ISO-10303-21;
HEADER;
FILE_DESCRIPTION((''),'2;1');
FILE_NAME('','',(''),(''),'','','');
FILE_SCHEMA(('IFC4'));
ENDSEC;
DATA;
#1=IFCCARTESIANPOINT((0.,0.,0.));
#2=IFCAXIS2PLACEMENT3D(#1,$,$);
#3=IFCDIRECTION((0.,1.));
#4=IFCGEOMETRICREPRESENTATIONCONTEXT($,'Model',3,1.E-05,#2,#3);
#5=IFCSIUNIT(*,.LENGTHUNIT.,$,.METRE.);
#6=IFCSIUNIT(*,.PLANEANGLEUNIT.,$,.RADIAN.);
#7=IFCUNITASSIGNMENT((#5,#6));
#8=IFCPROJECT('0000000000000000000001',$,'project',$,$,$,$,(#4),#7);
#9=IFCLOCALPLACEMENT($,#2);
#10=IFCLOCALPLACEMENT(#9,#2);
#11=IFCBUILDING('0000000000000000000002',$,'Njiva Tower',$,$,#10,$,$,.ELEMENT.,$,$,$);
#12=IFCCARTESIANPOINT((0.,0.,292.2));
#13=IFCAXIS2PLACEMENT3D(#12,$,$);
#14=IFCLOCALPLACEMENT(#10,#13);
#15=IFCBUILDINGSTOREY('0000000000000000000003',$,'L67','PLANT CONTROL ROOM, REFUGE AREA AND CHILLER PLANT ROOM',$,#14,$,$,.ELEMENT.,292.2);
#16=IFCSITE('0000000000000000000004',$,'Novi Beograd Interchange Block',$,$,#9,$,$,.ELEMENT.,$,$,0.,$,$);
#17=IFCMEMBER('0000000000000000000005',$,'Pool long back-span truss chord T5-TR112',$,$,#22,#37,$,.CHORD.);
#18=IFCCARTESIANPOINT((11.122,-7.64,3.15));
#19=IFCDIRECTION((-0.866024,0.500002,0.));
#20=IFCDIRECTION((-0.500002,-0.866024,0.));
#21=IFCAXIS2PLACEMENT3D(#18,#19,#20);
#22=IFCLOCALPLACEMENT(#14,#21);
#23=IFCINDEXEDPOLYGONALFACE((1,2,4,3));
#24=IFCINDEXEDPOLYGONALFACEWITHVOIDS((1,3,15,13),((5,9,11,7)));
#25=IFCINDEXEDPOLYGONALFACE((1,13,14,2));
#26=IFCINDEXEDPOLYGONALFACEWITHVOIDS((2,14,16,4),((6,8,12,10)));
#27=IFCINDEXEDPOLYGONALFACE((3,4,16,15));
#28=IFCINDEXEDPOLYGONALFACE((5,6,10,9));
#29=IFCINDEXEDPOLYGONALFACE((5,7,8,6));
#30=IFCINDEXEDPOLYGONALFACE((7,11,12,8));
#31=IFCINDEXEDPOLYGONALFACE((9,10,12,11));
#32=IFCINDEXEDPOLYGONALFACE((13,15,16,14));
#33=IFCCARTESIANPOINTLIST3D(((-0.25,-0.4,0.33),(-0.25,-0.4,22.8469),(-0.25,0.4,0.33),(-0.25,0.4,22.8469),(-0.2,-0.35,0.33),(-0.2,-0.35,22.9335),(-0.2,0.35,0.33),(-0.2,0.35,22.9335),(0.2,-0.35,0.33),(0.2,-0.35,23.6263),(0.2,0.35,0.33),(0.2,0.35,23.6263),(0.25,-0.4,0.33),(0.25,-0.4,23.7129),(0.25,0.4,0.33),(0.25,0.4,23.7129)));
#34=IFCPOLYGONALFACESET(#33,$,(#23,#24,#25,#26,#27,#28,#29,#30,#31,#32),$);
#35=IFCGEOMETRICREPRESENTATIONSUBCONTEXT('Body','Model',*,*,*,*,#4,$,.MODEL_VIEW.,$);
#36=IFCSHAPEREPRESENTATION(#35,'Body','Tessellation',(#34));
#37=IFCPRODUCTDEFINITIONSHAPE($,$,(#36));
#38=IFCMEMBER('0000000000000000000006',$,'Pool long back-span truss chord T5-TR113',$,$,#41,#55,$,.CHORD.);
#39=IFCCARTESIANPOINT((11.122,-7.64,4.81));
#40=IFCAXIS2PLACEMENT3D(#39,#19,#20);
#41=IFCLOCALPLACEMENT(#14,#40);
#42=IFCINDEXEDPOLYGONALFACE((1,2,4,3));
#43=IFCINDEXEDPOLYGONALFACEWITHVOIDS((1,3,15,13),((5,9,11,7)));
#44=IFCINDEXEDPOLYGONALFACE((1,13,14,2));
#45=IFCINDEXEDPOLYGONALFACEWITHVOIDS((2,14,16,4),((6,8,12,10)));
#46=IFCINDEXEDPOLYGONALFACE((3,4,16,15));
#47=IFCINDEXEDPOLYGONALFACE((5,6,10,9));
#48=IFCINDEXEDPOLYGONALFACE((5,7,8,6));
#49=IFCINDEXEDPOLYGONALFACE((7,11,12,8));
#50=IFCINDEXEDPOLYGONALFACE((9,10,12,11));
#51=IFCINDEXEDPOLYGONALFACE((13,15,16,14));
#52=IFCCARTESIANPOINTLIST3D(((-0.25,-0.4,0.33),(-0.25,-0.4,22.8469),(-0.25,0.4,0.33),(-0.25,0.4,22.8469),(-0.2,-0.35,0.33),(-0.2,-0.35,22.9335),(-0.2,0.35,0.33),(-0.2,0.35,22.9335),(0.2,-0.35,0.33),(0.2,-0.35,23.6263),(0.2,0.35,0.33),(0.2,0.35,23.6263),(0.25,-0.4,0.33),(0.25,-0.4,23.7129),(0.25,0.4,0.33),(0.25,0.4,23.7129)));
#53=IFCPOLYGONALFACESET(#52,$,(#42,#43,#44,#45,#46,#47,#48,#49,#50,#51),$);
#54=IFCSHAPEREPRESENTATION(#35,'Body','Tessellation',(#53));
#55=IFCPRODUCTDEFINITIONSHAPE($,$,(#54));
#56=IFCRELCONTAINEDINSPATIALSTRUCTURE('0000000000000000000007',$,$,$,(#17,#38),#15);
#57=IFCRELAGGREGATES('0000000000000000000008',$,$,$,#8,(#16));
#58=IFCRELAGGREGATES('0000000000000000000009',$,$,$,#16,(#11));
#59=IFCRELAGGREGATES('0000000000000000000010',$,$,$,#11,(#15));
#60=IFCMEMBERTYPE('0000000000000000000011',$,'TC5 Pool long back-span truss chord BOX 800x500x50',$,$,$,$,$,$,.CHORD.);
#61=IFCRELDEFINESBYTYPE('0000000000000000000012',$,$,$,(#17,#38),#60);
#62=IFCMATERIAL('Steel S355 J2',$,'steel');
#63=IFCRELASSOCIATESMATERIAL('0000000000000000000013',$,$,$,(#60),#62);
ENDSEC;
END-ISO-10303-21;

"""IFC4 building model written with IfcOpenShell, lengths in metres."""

from ifc_helpers import new_model, si_unit, direction, frame, origin, origin_2d, place, context, subcontext, project, spatial, hollow_rectangle, extrude, clip, halfspace, material, material_profile, profile_set, type_object, element, save


model = new_model("IFC4")

# Units and contexts
model_context = context("Model", 3, precision=1e-05, world=origin(), true_north=direction((0.0, 1.0)))
body_context = subcontext(model_context, "Body", "Model", "MODEL_VIEW")
ifc_project = project(units=[si_unit("LENGTHUNIT", "METRE"), si_unit("PLANEANGLEUNIT", "RADIAN")], contexts=[model_context])

# Site, building, storey
site_placement = place(None, origin())
site = spatial("IfcSite", under=ifc_project, at=site_placement, Name="Novi Beograd Interchange Block", CompositionType="ELEMENT", RefElevation=0.0)
building_placement = place(site_placement, origin())
building = spatial("IfcBuilding", under=site, at=building_placement, Name="Njiva Tower", CompositionType="ELEMENT")
storey_placement = place(building_placement, frame((0.0, 0.0, 292.2)))
storey = spatial("IfcBuildingStorey", under=building, at=storey_placement, Name="L67", Description="PLANT CONTROL ROOM, REFUGE AREA AND CHILLER PLANT ROOM", CompositionType="ELEMENT", Elevation=292.2)

# Shared definitions
ifc_material_1 = material(Name="Steel S355 J2", Category="steel")

# Members
ifc_material_profile_1 = material_profile(ifc_material_1, hollow_rectangle(XDim=0.5, YDim=0.8, WallThickness=0.05, at=origin_2d()), Name="BOX 800x500x50")
ifc_profile_set_1 = profile_set([ifc_material_profile_1], Name="Steel S355 J2")
member_type_1 = type_object("IfcMemberType", Name="TC5 Pool long back-span truss chord BOX 800x500x50", PredefinedType="CHORD", material=ifc_profile_set_1)
member_1_placement = place(storey_placement, frame((11.122, -7.64, 3.15), z_axis=(-0.866024, 0.500002, 0.0), x_axis=(-0.500002, -0.866024, 0.0)))
element("IfcMember", 1, at=member_1_placement, inside=storey, type_object=member_type_1, Name="Pool long back-span truss chord T5-TR112", PredefinedType="CHORD", context=body_context, shape_type="Clipping", body=[
    clip(clip(extrude(hollow_rectangle(XDim=0.5, YDim=0.8, WallThickness=0.05, at=origin_2d()), origin(), (0.0, 0.0, 1.0), 24.0029), halfspace(frame((0.0, 0.0, 0.33), z_axis=(-0.000004, 0.0, -1.0), x_axis=(0.0, -1.0, 0.0)), False)), halfspace(frame((0.0, -295.35, 23.2799), z_axis=(-0.866024, 0.0, 0.500002), x_axis=(0.0, 1.0, 0.0)), False)),
])
member_2_placement = place(storey_placement, frame((11.122, -7.64, 4.81), z_axis=(-0.866024, 0.500002, 0.0), x_axis=(-0.500002, -0.866024, 0.0)))
element("IfcMember", 2, at=member_2_placement, inside=storey, type_object=member_type_1, Name="Pool long back-span truss chord T5-TR113", PredefinedType="CHORD", context=body_context, shape_type="Clipping", body=[
    clip(clip(extrude(hollow_rectangle(XDim=0.5, YDim=0.8, WallThickness=0.05, at=origin_2d()), origin(), (0.0, 0.0, 1.0), 24.0029), halfspace(frame((0.0, 0.0, 0.33), z_axis=(-0.000004, 0.0, -1.0), x_axis=(0.0, -1.0, 0.0)), False)), halfspace(frame((0.0, -297.01, 23.2799), z_axis=(-0.866024, 0.0, 0.500002), x_axis=(0.0, 1.0, 0.0)), False)),
])

save(model, "model.ifc")
